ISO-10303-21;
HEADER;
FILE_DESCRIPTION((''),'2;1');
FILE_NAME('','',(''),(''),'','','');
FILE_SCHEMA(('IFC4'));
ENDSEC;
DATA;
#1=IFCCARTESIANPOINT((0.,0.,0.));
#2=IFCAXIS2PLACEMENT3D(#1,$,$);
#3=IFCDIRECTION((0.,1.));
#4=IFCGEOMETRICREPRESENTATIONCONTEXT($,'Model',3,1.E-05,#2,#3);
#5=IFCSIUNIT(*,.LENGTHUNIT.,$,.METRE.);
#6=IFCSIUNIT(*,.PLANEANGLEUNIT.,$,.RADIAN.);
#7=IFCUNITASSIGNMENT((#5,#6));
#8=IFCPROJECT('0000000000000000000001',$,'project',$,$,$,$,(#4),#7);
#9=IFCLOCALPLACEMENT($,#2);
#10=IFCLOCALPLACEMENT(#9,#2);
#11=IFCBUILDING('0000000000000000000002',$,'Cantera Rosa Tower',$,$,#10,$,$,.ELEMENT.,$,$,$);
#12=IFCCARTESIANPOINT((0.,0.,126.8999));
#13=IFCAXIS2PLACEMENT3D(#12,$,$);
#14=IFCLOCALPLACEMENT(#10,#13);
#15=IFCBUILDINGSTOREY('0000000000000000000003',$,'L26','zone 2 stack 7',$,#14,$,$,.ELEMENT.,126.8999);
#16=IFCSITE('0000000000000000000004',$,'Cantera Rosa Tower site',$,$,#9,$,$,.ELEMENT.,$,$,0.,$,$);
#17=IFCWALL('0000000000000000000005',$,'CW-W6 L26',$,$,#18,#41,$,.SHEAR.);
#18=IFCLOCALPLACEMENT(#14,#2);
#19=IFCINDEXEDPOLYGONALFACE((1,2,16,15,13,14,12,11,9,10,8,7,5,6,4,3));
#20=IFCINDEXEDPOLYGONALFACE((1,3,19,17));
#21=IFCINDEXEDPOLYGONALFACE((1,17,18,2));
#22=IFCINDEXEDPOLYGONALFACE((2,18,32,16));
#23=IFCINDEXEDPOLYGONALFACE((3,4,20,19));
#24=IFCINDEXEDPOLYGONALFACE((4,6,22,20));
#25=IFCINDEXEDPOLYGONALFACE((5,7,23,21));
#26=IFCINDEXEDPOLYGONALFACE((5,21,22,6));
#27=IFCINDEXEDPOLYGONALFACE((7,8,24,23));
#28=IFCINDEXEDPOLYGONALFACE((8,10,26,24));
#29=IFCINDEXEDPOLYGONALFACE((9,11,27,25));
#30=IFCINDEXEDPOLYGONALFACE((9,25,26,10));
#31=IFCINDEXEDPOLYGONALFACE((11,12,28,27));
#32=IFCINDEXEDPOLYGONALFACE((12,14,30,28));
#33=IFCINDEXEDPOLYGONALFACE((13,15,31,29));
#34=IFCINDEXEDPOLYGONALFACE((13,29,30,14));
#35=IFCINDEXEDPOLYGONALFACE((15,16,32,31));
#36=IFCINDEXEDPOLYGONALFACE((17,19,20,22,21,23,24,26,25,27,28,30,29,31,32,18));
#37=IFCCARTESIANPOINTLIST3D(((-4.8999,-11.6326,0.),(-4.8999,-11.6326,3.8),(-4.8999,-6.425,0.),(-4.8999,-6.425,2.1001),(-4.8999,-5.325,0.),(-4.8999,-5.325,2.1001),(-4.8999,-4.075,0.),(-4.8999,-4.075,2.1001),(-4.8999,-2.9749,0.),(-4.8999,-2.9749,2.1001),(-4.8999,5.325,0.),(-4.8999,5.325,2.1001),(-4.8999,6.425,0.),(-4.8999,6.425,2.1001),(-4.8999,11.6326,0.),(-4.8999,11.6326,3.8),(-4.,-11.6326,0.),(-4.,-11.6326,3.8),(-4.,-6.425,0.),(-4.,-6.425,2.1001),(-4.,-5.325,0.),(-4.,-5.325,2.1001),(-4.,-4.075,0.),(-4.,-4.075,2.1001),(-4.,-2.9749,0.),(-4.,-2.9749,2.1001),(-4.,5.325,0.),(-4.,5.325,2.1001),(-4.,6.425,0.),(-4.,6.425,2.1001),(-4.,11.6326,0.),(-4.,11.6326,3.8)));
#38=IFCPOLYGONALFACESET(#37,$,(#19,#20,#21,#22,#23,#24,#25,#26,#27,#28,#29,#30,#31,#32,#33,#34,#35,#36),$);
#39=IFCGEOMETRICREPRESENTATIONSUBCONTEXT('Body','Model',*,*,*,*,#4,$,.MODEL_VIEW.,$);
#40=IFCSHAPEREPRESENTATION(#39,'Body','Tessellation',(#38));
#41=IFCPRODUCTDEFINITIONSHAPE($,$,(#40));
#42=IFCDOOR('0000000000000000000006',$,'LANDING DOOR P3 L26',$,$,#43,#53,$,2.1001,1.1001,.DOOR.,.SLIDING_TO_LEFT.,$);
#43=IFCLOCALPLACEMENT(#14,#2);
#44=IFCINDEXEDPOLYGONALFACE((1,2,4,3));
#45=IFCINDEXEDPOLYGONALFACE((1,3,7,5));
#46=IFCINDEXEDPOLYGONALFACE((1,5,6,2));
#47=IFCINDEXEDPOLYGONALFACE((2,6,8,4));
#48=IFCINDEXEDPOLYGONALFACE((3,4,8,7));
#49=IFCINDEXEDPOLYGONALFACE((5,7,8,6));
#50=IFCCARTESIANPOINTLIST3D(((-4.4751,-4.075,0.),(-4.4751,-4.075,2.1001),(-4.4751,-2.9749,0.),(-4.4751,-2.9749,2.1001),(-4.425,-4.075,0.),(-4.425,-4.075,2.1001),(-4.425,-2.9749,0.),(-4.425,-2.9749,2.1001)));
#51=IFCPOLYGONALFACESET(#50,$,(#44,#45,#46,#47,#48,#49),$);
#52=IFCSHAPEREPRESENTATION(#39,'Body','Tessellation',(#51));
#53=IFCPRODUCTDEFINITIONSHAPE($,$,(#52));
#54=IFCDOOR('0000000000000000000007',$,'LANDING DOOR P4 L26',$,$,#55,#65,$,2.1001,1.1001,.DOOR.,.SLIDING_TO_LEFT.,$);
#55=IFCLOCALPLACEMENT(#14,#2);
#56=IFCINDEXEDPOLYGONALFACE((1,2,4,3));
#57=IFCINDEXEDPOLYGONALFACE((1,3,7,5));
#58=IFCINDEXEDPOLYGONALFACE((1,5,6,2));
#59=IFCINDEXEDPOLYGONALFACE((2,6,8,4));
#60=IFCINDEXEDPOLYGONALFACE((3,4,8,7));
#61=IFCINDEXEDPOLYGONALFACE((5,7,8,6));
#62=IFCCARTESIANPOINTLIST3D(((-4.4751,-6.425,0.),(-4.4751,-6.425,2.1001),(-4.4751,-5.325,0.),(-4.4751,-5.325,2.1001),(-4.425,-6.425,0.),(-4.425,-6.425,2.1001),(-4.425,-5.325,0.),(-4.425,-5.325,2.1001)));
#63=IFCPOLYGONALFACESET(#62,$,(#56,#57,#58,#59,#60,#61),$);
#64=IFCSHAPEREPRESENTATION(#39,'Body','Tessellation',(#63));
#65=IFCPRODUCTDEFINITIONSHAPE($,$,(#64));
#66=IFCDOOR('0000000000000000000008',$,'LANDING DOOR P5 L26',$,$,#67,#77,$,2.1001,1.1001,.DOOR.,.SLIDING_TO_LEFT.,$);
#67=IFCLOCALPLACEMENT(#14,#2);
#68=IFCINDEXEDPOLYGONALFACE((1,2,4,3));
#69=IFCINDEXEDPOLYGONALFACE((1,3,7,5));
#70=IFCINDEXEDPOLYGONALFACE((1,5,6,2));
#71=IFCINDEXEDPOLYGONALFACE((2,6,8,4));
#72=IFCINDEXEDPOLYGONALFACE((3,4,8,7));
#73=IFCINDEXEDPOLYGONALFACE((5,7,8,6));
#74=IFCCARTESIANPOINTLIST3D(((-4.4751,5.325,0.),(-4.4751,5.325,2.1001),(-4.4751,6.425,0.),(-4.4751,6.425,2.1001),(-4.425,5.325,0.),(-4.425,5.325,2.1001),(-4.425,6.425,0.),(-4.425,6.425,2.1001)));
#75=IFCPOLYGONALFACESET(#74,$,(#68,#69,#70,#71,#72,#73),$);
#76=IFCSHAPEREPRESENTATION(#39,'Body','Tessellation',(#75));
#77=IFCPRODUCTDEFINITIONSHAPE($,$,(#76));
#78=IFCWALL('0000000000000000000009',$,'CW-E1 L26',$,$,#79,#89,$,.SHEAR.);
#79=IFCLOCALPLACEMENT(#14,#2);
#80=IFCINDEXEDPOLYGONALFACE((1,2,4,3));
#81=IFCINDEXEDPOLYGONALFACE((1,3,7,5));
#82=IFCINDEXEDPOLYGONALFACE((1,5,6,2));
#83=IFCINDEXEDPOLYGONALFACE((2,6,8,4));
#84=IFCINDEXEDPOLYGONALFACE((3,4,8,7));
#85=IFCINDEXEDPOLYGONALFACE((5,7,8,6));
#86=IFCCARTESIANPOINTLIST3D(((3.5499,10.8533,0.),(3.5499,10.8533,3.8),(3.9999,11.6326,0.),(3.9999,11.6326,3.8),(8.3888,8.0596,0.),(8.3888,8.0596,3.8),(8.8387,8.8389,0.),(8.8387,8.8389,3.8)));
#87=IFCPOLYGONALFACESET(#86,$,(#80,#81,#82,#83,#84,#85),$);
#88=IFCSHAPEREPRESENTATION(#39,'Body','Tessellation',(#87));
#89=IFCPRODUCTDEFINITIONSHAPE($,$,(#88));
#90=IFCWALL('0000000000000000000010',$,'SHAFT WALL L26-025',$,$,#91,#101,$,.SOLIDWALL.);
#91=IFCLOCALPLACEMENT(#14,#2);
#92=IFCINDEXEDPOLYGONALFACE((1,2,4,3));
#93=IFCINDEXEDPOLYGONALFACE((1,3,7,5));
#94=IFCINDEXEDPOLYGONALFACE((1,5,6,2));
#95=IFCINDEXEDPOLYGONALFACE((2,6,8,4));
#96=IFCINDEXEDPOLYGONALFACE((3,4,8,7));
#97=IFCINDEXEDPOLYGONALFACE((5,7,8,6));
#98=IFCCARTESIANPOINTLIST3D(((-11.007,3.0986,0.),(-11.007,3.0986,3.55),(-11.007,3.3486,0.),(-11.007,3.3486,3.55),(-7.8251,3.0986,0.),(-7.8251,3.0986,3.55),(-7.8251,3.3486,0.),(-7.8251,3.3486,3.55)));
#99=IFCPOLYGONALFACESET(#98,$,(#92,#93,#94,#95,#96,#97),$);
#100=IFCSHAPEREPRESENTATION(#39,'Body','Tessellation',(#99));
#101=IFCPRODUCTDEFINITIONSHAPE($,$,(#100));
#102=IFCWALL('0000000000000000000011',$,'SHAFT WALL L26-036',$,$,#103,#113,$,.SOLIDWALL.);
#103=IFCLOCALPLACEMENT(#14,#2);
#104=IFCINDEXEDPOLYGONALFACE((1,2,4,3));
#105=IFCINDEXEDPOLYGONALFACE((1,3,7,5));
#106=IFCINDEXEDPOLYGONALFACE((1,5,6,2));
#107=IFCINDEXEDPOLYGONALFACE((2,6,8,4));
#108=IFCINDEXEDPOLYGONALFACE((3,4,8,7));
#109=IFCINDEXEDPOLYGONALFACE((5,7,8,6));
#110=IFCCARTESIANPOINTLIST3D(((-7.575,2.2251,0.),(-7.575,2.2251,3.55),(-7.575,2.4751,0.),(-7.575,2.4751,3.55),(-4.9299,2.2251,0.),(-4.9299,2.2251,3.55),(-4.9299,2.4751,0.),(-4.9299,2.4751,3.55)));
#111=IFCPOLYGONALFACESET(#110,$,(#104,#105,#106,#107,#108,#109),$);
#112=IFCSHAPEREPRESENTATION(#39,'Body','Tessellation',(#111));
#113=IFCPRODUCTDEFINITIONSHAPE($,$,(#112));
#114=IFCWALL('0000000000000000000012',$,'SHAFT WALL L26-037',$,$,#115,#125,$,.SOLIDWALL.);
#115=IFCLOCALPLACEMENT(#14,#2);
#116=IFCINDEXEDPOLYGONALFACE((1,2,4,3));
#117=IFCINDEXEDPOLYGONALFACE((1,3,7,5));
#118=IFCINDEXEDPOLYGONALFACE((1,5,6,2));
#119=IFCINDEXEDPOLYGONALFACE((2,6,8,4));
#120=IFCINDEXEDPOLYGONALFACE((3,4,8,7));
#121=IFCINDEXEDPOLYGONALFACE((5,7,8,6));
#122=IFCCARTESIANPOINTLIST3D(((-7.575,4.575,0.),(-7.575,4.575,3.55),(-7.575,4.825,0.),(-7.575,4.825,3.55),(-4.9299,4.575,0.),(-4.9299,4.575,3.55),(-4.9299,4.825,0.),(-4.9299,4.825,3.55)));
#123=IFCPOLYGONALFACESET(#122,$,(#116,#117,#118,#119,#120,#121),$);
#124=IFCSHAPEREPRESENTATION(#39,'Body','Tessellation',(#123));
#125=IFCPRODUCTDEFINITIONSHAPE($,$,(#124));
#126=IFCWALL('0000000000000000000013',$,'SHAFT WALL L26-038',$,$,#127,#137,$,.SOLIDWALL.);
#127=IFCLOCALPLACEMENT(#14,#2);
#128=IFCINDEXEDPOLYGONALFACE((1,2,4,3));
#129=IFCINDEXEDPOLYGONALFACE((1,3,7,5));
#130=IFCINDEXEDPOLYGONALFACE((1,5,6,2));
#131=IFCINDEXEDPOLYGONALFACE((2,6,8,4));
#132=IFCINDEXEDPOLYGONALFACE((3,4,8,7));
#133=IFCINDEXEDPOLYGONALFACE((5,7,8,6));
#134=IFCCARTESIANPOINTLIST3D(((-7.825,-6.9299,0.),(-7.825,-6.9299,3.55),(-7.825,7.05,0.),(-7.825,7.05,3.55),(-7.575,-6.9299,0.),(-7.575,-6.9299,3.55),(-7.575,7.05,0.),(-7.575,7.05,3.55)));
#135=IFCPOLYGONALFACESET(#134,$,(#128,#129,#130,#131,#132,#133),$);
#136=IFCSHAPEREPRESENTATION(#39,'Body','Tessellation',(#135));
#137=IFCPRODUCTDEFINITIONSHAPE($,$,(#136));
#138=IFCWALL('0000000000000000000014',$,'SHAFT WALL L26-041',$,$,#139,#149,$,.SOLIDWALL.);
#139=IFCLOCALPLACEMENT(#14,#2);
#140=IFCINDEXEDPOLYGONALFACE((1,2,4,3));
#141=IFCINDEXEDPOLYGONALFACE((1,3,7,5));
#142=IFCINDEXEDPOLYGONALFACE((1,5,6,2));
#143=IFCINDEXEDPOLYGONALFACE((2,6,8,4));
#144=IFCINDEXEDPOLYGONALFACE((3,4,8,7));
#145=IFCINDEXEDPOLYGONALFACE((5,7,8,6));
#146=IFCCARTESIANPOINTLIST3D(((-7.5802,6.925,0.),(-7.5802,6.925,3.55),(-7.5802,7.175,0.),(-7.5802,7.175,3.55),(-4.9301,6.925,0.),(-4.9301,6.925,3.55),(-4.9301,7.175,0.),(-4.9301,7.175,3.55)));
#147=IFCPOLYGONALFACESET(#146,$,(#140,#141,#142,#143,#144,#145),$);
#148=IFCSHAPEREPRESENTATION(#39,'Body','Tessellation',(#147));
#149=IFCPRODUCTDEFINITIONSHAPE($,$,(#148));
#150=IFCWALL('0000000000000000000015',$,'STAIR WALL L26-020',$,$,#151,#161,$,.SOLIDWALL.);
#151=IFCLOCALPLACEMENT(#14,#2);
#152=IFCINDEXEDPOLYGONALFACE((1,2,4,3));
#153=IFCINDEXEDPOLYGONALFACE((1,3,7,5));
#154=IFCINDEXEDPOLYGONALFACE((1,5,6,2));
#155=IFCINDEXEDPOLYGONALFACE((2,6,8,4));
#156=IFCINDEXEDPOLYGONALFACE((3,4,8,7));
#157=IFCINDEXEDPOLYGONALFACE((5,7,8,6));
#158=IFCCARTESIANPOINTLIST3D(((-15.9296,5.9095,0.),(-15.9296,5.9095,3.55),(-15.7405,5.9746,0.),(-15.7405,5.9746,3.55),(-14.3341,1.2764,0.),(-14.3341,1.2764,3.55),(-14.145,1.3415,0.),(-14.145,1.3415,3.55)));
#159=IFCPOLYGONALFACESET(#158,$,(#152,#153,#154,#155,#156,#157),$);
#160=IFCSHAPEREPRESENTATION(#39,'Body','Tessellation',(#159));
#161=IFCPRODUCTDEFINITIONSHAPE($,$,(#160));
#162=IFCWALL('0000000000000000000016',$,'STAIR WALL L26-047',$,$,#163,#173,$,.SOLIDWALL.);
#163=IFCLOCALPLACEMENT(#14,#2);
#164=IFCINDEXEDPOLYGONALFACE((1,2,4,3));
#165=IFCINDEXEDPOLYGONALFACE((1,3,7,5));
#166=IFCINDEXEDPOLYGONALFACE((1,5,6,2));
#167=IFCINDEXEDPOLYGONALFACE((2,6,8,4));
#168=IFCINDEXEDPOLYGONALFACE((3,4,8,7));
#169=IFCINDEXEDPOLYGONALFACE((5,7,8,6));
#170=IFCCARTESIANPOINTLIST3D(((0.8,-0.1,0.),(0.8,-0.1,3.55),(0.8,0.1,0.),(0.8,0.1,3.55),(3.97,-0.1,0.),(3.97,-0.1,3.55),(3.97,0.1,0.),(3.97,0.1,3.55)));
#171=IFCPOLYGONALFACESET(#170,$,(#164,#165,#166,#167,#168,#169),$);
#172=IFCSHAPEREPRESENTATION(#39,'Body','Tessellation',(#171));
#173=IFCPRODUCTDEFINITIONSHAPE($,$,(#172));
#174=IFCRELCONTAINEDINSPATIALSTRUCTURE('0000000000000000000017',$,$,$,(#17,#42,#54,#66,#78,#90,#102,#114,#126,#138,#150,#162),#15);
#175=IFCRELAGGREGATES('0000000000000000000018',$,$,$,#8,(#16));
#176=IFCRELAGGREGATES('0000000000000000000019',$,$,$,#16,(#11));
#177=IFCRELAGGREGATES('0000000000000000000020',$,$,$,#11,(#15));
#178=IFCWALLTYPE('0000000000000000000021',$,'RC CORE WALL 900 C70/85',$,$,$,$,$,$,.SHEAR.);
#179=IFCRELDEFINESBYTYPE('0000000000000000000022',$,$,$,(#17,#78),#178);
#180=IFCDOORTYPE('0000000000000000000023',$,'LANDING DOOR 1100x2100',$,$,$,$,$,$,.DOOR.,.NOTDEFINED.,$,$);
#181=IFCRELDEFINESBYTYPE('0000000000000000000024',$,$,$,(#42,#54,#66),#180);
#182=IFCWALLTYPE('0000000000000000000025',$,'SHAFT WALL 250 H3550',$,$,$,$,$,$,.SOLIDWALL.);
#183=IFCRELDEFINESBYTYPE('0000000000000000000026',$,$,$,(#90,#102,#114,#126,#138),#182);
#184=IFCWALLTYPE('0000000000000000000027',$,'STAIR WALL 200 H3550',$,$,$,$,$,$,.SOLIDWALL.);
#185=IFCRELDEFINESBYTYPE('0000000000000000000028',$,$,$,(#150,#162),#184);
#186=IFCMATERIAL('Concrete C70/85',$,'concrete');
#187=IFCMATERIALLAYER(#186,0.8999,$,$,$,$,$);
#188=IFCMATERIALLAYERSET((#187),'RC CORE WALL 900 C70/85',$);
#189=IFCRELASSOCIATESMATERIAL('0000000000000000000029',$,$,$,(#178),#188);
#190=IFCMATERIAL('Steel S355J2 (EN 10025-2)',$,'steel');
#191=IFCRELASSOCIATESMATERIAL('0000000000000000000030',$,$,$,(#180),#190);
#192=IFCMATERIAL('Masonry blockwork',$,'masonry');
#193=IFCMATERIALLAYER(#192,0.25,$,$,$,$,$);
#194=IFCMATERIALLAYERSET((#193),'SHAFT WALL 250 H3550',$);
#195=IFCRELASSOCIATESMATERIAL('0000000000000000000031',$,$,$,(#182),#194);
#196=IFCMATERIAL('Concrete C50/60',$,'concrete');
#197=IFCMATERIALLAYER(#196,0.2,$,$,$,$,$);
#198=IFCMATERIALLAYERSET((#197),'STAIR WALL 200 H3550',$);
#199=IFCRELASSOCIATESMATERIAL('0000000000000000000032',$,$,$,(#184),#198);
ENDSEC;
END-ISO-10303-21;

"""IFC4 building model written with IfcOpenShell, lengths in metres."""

from ifc_helpers import new_model, si_unit, direction, frame, frame_2d, origin, place, context, subcontext, project, spatial, rectangle, extrude, material, layer, layer_set, type_object, element, fill, save


model = new_model("IFC4")

# Units and contexts
model_context = context("Model", 3, precision=1e-05, world=origin(), true_north=direction((0.0, 1.0)))
body_context = subcontext(model_context, "Body", "Model", "MODEL_VIEW")
ifc_project = project(units=[si_unit("LENGTHUNIT", "METRE"), si_unit("PLANEANGLEUNIT", "RADIAN")], contexts=[model_context])

# Site, building, storey
site_placement = place(None, origin())
site = spatial("IfcSite", under=ifc_project, at=site_placement, Name="Cantera Rosa Tower site", CompositionType="ELEMENT", RefElevation=0.0)
building_placement = place(site_placement, origin())
building = spatial("IfcBuilding", under=site, at=building_placement, Name="Cantera Rosa Tower", CompositionType="ELEMENT")
storey_placement = place(building_placement, frame((0.0, 0.0, 126.8999)))
storey = spatial("IfcBuildingStorey", under=building, at=storey_placement, Name="L26", Description="zone 2 stack 7", CompositionType="ELEMENT", Elevation=126.8999)

# Shared definitions
ifc_material_1 = material(Name="Concrete C70/85", Category="concrete")
ifc_layer_1 = layer(ifc_material_1, 0.8999)
ifc_layer_set_1 = layer_set([ifc_layer_1], Name="RC CORE WALL 900 C70/85")
wall_type_1 = type_object("IfcWallType", Name="RC CORE WALL 900 C70/85", PredefinedType="SHEAR", material=ifc_layer_set_1)

# Wall, openings, doors
wall_1_placement = place(storey_placement, frame((-4.45, 11.6326, 0.0), z_axis=(0.0, 0.0, 1.0), x_axis=(0.0, -1.0, 0.0)))
wall_1 = element("IfcWall", 1, at=wall_1_placement, inside=storey, type_object=wall_type_1, Name="CW-W6 L26", PredefinedType="SHEAR", context=body_context, shape_type="SweptSolid", body=[
    extrude(rectangle(XDim=23.2651, YDim=0.8999, at=frame_2d((11.6326, 0.0))), origin(), (0.0, 0.0, 1.0), 3.8),
])
opening_1_placement = place(wall_1_placement, frame((14.6074, 0.0, 0.0)))
opening_1 = element("IfcOpeningElement", 2, at=opening_1_placement, cuts=wall_1, PredefinedType="OPENING", context=body_context, shape_type="SweptSolid", body=[
    extrude(rectangle(XDim=1.1001, YDim=2.1001, at=frame_2d((0.55, 1.05))), frame((0.0, 0.46, 0.0), z_axis=(0.0, -1.0, 0.0), x_axis=(1.0, 0.0, 0.0)), (0.0, 0.0, 1.0), 0.9199),
])
opening_2_placement = place(wall_1_placement, frame((16.9575, 0.0, 0.0)))
opening_2 = element("IfcOpeningElement", 3, at=opening_2_placement, cuts=wall_1, PredefinedType="OPENING", context=body_context, shape_type="SweptSolid", body=[
    extrude(rectangle(XDim=1.1001, YDim=2.1001, at=frame_2d((0.55, 1.05))), frame((0.0, 0.46, 0.0), z_axis=(0.0, -1.0, 0.0), x_axis=(1.0, 0.0, 0.0)), (0.0, 0.0, 1.0), 0.9199),
])
opening_3_placement = place(wall_1_placement, frame((5.2075, 0.0, 0.0)))
opening_3 = element("IfcOpeningElement", 4, at=opening_3_placement, cuts=wall_1, PredefinedType="OPENING", context=body_context, shape_type="SweptSolid", body=[
    extrude(rectangle(XDim=1.1001, YDim=2.1001, at=frame_2d((0.55, 1.05))), frame((0.0, 0.46, 0.0), z_axis=(0.0, -1.0, 0.0), x_axis=(1.0, 0.0, 0.0)), (0.0, 0.0, 1.0), 0.9199),
])
ifc_material_2 = material(Name="Steel S355J2 (EN 10025-2)", Category="steel")
door_type_1 = type_object("IfcDoorType", Name="LANDING DOOR 1100x2100", OperationType="NOTDEFINED", PredefinedType="DOOR", material=ifc_material_2)
door_1_placement = place(opening_1_placement, origin())
door_1 = element("IfcDoor", 5, at=door_1_placement, inside=storey, type_object=door_type_1, Name="LANDING DOOR P3 L26", OperationType="SLIDING_TO_LEFT", OverallHeight=2.1001, OverallWidth=1.1001, PredefinedType="DOOR", context=body_context, shape_type="SweptSolid", body=[
    extrude(rectangle(XDim=1.1001, YDim=2.1001, at=frame_2d((0.55, 1.05))), frame((0.0, 0.0249, 0.0), z_axis=(0.0, -1.0, 0.0), x_axis=(1.0, 0.0, 0.0)), (0.0, 0.0, 1.0), 0.05),
])
fill(opening_1, door_1)
door_2_placement = place(opening_2_placement, origin())
door_2 = element("IfcDoor", 6, at=door_2_placement, inside=storey, type_object=door_type_1, Name="LANDING DOOR P4 L26", OperationType="SLIDING_TO_LEFT", OverallHeight=2.1001, OverallWidth=1.1001, PredefinedType="DOOR", context=body_context, shape_type="SweptSolid", body=[
    extrude(rectangle(XDim=1.1001, YDim=2.1001, at=frame_2d((0.55, 1.05))), frame((0.0, 0.0249, 0.0), z_axis=(0.0, -1.0, 0.0), x_axis=(1.0, 0.0, 0.0)), (0.0, 0.0, 1.0), 0.05),
])
fill(opening_2, door_2)
door_3_placement = place(opening_3_placement, origin())
door_3 = element("IfcDoor", 7, at=door_3_placement, inside=storey, type_object=door_type_1, Name="LANDING DOOR P5 L26", OperationType="SLIDING_TO_LEFT", OverallHeight=2.1001, OverallWidth=1.1001, PredefinedType="DOOR", context=body_context, shape_type="SweptSolid", body=[
    extrude(rectangle(XDim=1.1001, YDim=2.1001, at=frame_2d((0.55, 1.05))), frame((0.0, 0.0249, 0.0), z_axis=(0.0, -1.0, 0.0), x_axis=(1.0, 0.0, 0.0)), (0.0, 0.0, 1.0), 0.05),
])
fill(opening_3, door_3)

# Walls
wall_2_placement = place(storey_placement, frame((3.7749, 11.2429, 0.0), z_axis=(0.0, 0.0, 1.0), x_axis=(0.866027, -0.499997, 0.0)))
element("IfcWall", 8, at=wall_2_placement, inside=storey, type_object=wall_type_1, Name="CW-E1 L26", PredefinedType="SHEAR", context=body_context, shape_type="SweptSolid", body=[
    extrude(rectangle(XDim=5.5874, YDim=0.8999, at=frame_2d((2.7937, 0.0))), origin(), (0.0, 0.0, 1.0), 3.8),
])
ifc_material_3 = material(Name="Masonry blockwork", Category="masonry")
ifc_layer_2 = layer(ifc_material_3, 0.25)
ifc_layer_set_2 = layer_set([ifc_layer_2], Name="SHAFT WALL 250 H3550")
wall_type_2 = type_object("IfcWallType", Name="SHAFT WALL 250 H3550", PredefinedType="SOLIDWALL", material=ifc_layer_set_2)
wall_3_placement = place(storey_placement, frame((-11.0068, 3.2236, 0.0), z_axis=(0.0, 0.0, 1.0), x_axis=(1.0, 0.0, 0.0)))
element("IfcWall", 9, at=wall_3_placement, inside=storey, type_object=wall_type_2, Name="SHAFT WALL L26-025", PredefinedType="SOLIDWALL", context=body_context, shape_type="SweptSolid", body=[
    extrude(rectangle(XDim=3.1819, YDim=0.25, at=frame_2d((1.5908, 0.0))), origin(), (0.0, 0.0, 1.0), 3.55),
])
for number, where, z_axis, x_axis, name in (
    (10, (-7.575, 2.3501, 0.0), (0.0, 0.0, 1.0), (1.0, 0.0, 0.0), "SHAFT WALL L26-036"),
    (11, (-7.575, 4.7, 0.0), (0.0, 0.0, 1.0), (1.0, 0.0, 0.0), "SHAFT WALL L26-037"),
):
    element("IfcWall", number, at=place(storey_placement, frame(where, z_axis=z_axis, x_axis=x_axis)), inside=storey, type_object=wall_type_2, Name=name, PredefinedType="SOLIDWALL", context=body_context, shape_type="SweptSolid", body=[
        extrude(rectangle(XDim=2.645, YDim=0.25, at=frame_2d((1.3225, 0.0))), origin(), (0.0, 0.0, 1.0), 3.55),
    ])
wall_4_placement = place(storey_placement, frame((-7.7, 7.05, 0.0), z_axis=(0.0, 0.0, 1.0), x_axis=(0.0, -1.0, 0.0)))
element("IfcWall", 12, at=wall_4_placement, inside=storey, type_object=wall_type_2, Name="SHAFT WALL L26-038", PredefinedType="SOLIDWALL", context=body_context, shape_type="SweptSolid", body=[
    extrude(rectangle(XDim=13.98, YDim=0.25, at=frame_2d((6.99, 0.0))), origin(), (0.0, 0.0, 1.0), 3.55),
])
wall_5_placement = place(storey_placement, frame((-4.9299, 7.05, 0.0), z_axis=(0.0, 0.0, 1.0), x_axis=(-1.0, 0.0, 0.0)))
element("IfcWall", 13, at=wall_5_placement, inside=storey, type_object=wall_type_2, Name="SHAFT WALL L26-041", PredefinedType="SOLIDWALL", context=body_context, shape_type="SweptSolid", body=[
    extrude(rectangle(XDim=2.6501, YDim=0.25, at=frame_2d((1.3252, 0.0))), origin(), (0.0, 0.0, 1.0), 3.55),
])
ifc_material_4 = material(Name="Concrete C50/60", Category="concrete")
ifc_layer_3 = layer(ifc_material_4, 0.2)
ifc_layer_set_3 = layer_set([ifc_layer_3], Name="STAIR WALL 200 H3550")
wall_type_3 = type_object("IfcWallType", Name="STAIR WALL 200 H3550", PredefinedType="SOLIDWALL", material=ifc_layer_set_3)
wall_6_placement = place(storey_placement, frame((-14.2395, 1.3088, 0.0), z_axis=(0.0, 0.0, 1.0), x_axis=(-0.325599, 0.945508, 0.0)))
element("IfcWall", 14, at=wall_6_placement, inside=storey, type_object=wall_type_3, Name="STAIR WALL L26-020", PredefinedType="SOLIDWALL", context=body_context, shape_type="SweptSolid", body=[
    extrude(rectangle(XDim=4.9001, YDim=0.2, at=frame_2d((2.4502, 0.0))), origin(), (0.0, 0.0, 1.0), 3.55),
])
wall_7_placement = place(storey_placement, frame((0.8, 0.0, 0.0), z_axis=(0.0, 0.0, 1.0), x_axis=(1.0, 0.0, 0.0)))
element("IfcWall", 15, at=wall_7_placement, inside=storey, type_object=wall_type_3, Name="STAIR WALL L26-047", PredefinedType="SOLIDWALL", context=body_context, shape_type="SweptSolid", body=[
    extrude(rectangle(XDim=3.1699, YDim=0.2, at=frame_2d((1.585, 0.0))), origin(), (0.0, 0.0, 1.0), 3.55),
])

save(model, "model.ifc")
